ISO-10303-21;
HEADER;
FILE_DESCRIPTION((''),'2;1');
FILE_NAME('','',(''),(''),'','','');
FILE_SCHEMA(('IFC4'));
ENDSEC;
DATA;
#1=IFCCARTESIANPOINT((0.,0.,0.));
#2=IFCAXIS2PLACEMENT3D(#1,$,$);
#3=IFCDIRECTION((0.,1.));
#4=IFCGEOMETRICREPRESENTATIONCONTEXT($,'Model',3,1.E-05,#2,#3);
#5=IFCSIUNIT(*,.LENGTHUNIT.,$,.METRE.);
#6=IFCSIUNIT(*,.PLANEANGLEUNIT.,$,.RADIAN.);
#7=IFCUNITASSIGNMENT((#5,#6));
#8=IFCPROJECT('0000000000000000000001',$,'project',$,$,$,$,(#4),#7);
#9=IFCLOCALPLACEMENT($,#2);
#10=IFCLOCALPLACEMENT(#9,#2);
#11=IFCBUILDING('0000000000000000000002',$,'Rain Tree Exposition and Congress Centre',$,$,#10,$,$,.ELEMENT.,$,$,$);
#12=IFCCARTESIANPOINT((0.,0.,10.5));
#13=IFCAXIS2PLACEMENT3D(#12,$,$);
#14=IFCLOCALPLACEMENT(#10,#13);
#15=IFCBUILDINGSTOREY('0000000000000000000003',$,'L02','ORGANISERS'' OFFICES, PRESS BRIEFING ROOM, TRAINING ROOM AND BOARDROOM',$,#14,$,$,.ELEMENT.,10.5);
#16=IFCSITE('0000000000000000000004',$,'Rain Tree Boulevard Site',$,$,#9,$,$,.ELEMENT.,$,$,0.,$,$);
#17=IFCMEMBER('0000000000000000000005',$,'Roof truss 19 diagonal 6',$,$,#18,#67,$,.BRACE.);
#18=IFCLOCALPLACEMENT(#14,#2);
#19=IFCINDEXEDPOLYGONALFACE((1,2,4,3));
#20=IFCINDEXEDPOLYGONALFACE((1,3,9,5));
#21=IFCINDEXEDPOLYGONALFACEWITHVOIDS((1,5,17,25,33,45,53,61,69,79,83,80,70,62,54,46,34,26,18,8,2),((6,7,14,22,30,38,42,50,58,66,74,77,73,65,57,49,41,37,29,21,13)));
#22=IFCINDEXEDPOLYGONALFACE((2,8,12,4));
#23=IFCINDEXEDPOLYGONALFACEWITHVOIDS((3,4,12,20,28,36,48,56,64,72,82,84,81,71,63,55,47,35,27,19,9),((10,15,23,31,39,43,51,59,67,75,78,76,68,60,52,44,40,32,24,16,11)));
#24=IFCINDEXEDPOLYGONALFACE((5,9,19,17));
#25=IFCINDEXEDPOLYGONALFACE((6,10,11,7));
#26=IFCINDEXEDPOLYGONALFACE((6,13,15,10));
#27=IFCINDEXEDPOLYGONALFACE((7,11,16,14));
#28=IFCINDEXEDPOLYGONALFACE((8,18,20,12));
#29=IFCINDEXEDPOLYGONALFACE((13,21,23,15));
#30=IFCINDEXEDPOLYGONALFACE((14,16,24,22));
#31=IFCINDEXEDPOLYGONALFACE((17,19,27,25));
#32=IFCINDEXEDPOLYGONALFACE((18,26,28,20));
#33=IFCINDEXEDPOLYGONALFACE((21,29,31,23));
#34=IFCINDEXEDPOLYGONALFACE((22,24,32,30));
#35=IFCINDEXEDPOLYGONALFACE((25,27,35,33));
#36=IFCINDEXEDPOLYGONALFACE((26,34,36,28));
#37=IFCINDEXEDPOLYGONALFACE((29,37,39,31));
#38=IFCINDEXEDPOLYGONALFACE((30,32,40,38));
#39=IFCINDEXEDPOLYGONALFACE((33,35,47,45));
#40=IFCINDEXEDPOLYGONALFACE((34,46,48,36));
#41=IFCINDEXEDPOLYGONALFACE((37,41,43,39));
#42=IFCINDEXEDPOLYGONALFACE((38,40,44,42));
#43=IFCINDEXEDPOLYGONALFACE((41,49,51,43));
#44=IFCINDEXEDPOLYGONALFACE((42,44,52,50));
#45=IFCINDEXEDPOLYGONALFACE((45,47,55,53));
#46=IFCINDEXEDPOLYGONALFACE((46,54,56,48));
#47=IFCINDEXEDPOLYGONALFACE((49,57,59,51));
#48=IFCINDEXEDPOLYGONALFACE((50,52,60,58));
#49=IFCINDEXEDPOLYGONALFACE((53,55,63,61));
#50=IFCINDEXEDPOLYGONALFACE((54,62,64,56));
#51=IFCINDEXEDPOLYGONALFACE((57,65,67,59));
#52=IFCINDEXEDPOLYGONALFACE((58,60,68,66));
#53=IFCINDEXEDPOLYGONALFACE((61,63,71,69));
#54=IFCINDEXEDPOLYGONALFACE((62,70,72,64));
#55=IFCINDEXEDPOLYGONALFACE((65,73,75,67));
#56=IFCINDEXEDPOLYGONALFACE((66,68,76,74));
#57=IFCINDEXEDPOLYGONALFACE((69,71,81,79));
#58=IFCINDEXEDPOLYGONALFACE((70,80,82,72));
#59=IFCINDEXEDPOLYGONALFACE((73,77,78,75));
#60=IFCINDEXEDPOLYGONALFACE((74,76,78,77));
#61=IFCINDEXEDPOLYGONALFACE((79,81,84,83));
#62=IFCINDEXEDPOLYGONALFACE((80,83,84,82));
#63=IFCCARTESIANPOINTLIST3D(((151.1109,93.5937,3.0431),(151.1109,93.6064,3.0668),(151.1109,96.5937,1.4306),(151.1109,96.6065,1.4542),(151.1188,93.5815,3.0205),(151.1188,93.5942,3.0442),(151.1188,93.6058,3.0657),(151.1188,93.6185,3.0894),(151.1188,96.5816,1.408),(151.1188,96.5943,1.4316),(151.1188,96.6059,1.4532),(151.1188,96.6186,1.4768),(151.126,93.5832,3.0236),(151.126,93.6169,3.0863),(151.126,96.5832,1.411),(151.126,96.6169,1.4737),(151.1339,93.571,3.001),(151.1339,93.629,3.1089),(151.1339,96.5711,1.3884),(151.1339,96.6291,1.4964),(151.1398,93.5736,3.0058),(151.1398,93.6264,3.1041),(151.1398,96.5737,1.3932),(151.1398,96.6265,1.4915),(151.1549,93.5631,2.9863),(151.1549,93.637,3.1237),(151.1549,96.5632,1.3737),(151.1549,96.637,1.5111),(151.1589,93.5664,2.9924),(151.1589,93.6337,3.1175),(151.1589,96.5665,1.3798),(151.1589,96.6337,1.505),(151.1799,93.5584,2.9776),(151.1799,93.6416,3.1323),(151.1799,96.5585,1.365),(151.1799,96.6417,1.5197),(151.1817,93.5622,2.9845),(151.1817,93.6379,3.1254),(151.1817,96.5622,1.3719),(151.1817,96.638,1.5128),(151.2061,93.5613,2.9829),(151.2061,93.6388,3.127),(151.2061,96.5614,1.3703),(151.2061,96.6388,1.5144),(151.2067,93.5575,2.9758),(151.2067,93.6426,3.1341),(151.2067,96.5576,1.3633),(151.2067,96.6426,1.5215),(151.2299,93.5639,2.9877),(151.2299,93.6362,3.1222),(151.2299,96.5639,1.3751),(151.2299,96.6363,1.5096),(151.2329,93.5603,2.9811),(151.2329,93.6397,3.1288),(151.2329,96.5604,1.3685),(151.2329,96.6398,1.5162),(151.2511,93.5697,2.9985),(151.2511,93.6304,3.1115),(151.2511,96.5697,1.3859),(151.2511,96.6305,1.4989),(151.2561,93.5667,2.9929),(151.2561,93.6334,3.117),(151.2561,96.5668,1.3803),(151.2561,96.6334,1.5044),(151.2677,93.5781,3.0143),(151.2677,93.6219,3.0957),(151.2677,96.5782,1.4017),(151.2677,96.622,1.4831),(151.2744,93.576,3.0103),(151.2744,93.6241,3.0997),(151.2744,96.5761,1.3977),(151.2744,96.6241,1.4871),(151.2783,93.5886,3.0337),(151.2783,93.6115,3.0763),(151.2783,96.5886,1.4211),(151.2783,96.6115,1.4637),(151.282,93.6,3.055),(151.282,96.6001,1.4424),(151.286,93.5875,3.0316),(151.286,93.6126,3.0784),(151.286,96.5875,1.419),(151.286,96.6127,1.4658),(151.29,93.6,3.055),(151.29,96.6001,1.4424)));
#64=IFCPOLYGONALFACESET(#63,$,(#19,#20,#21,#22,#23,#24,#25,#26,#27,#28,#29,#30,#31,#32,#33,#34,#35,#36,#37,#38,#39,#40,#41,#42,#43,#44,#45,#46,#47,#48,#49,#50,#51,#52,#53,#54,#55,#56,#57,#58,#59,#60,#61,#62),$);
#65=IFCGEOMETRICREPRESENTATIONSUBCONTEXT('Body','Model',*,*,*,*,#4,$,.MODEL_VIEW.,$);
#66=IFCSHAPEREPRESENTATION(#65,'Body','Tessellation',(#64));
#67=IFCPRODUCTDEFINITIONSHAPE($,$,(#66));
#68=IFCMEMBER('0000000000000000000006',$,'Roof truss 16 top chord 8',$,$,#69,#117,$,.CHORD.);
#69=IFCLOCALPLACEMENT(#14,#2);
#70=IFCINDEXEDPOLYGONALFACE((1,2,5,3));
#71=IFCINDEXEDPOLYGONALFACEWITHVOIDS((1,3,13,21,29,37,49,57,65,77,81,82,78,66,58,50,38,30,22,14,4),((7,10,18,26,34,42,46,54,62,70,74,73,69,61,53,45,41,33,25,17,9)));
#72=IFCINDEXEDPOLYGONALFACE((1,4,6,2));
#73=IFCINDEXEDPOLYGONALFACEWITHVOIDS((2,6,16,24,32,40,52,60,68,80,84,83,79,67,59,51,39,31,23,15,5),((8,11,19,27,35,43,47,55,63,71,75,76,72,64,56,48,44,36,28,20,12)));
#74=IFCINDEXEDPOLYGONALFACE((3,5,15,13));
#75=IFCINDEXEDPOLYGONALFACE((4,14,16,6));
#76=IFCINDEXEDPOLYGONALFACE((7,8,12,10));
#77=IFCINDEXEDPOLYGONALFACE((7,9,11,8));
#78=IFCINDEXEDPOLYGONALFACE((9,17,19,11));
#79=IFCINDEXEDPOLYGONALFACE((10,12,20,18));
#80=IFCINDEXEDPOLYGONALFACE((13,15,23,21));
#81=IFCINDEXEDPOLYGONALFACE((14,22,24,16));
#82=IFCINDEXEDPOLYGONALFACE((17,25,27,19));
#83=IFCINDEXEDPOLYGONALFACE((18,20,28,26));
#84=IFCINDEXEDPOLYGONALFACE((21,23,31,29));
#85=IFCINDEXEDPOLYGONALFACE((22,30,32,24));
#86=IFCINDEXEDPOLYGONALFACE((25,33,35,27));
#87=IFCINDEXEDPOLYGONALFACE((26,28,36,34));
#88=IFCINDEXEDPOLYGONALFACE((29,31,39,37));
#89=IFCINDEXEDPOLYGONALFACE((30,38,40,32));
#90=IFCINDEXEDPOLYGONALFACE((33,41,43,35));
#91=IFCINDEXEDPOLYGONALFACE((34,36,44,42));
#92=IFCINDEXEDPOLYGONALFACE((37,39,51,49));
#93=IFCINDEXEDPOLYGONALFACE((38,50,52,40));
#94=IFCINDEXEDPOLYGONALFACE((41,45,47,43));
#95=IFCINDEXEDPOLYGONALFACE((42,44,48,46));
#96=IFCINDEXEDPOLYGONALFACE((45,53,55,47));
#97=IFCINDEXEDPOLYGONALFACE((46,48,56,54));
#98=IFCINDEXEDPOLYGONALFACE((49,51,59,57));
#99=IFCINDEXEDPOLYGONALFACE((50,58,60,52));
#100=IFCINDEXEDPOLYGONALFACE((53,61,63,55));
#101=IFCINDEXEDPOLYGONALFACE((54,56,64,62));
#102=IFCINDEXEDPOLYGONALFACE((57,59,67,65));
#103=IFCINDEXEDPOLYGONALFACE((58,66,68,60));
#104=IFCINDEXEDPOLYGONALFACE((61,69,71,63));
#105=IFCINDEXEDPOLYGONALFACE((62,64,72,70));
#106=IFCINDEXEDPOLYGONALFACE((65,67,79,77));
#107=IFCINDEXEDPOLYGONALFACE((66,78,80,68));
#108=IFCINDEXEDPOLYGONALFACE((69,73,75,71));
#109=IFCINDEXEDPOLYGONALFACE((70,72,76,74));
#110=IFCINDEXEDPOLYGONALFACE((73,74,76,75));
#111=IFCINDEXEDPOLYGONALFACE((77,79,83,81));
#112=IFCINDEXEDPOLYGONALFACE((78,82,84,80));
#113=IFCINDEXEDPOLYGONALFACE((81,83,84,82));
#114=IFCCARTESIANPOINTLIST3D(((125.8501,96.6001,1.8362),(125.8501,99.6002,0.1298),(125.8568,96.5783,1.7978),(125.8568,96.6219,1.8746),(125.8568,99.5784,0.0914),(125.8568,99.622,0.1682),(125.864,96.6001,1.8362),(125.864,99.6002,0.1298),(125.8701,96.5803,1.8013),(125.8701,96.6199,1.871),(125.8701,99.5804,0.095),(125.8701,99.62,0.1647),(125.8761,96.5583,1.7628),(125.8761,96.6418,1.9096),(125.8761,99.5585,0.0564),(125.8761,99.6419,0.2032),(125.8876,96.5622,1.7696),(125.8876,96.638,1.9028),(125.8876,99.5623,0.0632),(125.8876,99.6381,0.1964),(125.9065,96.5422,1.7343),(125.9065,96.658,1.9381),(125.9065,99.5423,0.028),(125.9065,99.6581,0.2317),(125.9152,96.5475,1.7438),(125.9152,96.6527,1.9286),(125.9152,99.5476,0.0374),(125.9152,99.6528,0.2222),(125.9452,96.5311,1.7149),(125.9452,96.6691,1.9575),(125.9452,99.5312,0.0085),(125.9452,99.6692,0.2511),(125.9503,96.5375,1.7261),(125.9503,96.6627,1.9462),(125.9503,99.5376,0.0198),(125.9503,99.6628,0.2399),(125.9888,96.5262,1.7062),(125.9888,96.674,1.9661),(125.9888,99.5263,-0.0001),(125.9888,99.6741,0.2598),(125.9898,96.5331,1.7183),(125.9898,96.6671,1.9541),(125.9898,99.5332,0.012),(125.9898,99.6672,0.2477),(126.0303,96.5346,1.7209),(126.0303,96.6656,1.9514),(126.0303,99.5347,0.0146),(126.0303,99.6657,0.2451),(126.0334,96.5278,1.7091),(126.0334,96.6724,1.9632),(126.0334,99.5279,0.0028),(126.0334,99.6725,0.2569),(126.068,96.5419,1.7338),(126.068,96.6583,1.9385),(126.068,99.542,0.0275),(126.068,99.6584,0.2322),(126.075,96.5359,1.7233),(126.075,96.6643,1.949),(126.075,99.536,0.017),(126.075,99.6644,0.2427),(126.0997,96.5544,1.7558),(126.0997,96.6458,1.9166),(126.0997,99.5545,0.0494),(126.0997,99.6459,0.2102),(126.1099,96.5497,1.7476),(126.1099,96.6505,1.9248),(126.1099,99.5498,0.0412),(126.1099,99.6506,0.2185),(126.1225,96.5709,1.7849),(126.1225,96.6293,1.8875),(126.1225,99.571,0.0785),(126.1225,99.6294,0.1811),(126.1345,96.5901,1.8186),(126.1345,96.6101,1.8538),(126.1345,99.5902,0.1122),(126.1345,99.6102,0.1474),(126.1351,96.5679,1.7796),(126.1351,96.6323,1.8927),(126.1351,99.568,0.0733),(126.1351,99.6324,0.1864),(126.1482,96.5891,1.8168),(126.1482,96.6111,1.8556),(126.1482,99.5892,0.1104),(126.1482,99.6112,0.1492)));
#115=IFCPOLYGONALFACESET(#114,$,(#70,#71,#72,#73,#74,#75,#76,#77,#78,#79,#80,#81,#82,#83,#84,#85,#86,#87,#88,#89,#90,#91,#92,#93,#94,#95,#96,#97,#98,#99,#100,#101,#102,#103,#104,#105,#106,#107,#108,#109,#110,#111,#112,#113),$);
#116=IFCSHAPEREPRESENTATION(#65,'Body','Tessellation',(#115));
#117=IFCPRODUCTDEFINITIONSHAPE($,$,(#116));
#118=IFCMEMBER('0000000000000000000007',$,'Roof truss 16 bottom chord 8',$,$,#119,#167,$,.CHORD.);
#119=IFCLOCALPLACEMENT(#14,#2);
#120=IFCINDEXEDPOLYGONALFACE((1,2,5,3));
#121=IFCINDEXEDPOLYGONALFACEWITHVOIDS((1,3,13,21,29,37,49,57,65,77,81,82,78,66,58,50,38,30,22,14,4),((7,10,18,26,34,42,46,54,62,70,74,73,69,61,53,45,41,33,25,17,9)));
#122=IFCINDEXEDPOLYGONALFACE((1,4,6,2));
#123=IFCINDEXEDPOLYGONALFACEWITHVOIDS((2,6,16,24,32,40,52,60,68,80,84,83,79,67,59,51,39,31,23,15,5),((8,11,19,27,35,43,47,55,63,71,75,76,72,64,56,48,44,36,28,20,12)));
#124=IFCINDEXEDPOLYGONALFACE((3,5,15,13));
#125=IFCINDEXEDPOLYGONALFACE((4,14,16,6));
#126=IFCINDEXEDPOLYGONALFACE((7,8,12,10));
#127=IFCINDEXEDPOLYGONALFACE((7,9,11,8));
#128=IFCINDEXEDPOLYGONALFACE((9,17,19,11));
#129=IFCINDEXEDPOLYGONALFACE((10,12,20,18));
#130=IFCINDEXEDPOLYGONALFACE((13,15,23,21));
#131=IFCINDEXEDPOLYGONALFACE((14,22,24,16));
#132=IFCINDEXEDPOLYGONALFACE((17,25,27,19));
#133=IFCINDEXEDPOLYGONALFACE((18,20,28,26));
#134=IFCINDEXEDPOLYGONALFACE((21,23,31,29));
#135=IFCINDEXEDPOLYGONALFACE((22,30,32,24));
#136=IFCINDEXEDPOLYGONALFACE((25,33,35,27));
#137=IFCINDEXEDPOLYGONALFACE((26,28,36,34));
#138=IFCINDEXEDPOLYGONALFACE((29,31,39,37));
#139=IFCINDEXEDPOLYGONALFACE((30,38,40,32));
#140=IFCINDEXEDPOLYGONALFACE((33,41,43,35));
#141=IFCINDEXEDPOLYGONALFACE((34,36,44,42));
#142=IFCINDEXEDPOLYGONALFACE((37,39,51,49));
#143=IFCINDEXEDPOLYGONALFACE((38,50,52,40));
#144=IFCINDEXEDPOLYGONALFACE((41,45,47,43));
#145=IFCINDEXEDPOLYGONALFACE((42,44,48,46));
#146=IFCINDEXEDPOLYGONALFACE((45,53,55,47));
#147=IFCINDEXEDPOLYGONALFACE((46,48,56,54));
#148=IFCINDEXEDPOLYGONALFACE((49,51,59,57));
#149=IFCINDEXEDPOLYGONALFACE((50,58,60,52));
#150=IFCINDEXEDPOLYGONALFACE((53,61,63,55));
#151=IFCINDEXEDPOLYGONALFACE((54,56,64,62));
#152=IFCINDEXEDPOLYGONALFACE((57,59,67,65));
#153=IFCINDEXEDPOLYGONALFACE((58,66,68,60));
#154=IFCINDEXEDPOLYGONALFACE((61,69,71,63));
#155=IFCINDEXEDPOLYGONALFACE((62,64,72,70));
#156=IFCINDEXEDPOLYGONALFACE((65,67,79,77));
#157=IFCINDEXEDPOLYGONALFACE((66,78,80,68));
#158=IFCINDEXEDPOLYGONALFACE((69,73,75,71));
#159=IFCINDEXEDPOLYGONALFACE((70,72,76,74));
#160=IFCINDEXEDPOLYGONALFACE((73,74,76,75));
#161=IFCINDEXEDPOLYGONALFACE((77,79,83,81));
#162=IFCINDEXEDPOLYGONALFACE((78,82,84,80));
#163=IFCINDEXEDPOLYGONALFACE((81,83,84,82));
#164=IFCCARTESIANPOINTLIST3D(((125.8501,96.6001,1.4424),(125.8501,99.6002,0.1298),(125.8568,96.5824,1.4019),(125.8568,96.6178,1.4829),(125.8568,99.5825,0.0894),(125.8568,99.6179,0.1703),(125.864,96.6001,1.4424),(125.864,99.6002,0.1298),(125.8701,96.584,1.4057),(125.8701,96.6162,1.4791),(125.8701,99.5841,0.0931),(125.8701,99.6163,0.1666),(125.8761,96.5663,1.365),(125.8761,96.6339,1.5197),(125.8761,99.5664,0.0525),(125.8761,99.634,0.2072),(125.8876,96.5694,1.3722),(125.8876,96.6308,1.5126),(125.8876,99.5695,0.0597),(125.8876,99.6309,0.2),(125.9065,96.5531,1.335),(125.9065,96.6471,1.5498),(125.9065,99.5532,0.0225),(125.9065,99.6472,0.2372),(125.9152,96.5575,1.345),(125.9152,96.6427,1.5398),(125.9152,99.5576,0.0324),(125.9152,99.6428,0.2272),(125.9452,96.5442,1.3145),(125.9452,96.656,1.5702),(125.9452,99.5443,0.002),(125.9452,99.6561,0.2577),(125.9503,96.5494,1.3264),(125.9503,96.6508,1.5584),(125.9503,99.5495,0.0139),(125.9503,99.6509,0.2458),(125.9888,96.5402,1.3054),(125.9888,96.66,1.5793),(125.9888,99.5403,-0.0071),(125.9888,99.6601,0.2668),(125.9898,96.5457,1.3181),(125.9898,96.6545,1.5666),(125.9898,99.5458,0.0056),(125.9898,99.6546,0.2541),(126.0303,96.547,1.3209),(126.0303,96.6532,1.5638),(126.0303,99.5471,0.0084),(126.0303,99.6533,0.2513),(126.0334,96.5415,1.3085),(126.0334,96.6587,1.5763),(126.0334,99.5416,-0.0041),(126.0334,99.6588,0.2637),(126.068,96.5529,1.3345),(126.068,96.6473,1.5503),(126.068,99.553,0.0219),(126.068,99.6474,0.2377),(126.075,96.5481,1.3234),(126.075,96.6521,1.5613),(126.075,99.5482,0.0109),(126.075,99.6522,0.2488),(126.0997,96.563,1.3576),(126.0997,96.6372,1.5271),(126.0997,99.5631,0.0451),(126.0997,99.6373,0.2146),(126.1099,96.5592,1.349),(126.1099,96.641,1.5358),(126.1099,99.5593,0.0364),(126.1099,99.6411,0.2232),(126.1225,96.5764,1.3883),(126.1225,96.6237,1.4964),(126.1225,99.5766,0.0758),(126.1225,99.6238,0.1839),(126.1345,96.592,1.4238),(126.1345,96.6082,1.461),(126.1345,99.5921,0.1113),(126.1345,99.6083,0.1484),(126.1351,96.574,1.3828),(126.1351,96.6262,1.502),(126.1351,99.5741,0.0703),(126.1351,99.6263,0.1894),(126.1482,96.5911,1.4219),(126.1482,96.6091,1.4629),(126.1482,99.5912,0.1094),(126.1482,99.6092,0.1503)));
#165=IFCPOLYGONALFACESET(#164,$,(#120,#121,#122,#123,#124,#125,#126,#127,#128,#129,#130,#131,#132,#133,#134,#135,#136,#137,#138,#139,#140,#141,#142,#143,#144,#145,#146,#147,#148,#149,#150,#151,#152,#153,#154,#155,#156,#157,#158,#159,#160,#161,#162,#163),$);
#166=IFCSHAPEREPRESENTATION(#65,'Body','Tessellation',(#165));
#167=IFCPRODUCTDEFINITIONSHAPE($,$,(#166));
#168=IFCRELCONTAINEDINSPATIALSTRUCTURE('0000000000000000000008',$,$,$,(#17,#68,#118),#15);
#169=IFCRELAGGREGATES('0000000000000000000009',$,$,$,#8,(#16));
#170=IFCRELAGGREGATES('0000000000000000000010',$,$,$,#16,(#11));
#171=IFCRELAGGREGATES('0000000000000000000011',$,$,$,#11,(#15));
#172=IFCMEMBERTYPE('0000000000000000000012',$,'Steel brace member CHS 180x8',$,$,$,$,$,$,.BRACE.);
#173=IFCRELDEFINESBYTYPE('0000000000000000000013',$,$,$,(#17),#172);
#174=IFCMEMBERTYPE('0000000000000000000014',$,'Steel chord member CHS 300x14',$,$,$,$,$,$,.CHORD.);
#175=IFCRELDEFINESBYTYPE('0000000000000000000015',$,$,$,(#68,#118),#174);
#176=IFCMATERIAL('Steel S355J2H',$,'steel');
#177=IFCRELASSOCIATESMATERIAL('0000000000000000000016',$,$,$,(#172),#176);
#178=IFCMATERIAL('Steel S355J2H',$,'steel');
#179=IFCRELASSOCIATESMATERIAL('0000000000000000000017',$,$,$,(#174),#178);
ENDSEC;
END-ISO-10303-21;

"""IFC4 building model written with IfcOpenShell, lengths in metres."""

from ifc_helpers import new_model, si_unit, direction, frame, origin, origin_2d, place, context, subcontext, project, spatial, hollow_circle, extrude, material, material_profile, profile_set, type_object, element, save


model = new_model("IFC4")

# Units and contexts
model_context = context("Model", 3, precision=1e-05, world=origin(), true_north=direction((0.0, 1.0)))
body_context = subcontext(model_context, "Body", "Model", "MODEL_VIEW")
ifc_project = project(units=[si_unit("LENGTHUNIT", "METRE"), si_unit("PLANEANGLEUNIT", "RADIAN")], contexts=[model_context])

# Site, building, storey
site_placement = place(None, origin())
site = spatial("IfcSite", under=ifc_project, at=site_placement, Name="Rain Tree Boulevard Site", CompositionType="ELEMENT", RefElevation=0.0)
building_placement = place(site_placement, origin())
building = spatial("IfcBuilding", under=site, at=building_placement, Name="Rain Tree Exposition and Congress Centre", CompositionType="ELEMENT")
storey_placement = place(building_placement, frame((0.0, 0.0, 10.5)))
storey = spatial("IfcBuildingStorey", under=building, at=storey_placement, Name="L02", Description="ORGANISERS' OFFICES, PRESS BRIEFING ROOM, TRAINING ROOM AND BOARDROOM", CompositionType="ELEMENT", Elevation=10.5)

# Members
ifc_material_1 = material(Name="Steel S355J2H", Category="steel")
ifc_material_profile_1 = material_profile(ifc_material_1, hollow_circle(Radius=0.0901, WallThickness=0.0081, at=origin_2d()), Name="CHS 180x8")
ifc_profile_set_1 = profile_set([ifc_material_profile_1], Name="Steel S355J2H")
member_type_1 = type_object("IfcMemberType", Name="Steel brace member CHS 180x8", PredefinedType="BRACE", material=ifc_profile_set_1)
for number, where, z_axis, x_axis, name in (
    (1, (151.2, 96.6001, 1.4424), (0.0, -0.880818, 0.473454), (1.0, 0.0, 0.0), "Roof truss 19 diagonal 6"),
):
    element("IfcMember", number, at=place(storey_placement, frame(where, z_axis=z_axis, x_axis=x_axis)), inside=storey, type_object=member_type_1, Name=name, PredefinedType="BRACE", context=body_context, shape_type="SweptSolid", body=[
        extrude(hollow_circle(Radius=0.0901, WallThickness=0.0081, at=origin_2d()), origin(), (0.0, 0.0, 1.0), 3.406),
    ])
ifc_material_2 = material(Name="Steel S355J2H", Category="steel")
ifc_material_profile_2 = material_profile(ifc_material_2, hollow_circle(Radius=0.1499, WallThickness=0.0139, at=origin_2d()), Name="CHS 300x14")
ifc_profile_set_2 = profile_set([ifc_material_profile_2], Name="Steel S355J2H")
member_type_2 = type_object("IfcMemberType", Name="Steel chord member CHS 300x14", PredefinedType="CHORD", material=ifc_profile_set_2)
member_1_placement = place(storey_placement, frame((126.0, 96.6001, 1.8362), z_axis=(0.0, 0.869238, -0.494393), x_axis=(-1.0, 0.0, 0.0)))
element("IfcMember", 2, at=member_1_placement, inside=storey, type_object=member_type_2, Name="Roof truss 16 top chord 8", PredefinedType="CHORD", context=body_context, shape_type="SweptSolid", body=[
    extrude(hollow_circle(Radius=0.1499, WallThickness=0.0139, at=origin_2d()), origin(), (0.0, 0.0, 1.0), 3.4514),
])
member_2_placement = place(storey_placement, frame((126.0, 96.6001, 1.4424), z_axis=(0.0, 0.916157, -0.400819), x_axis=(-1.0, 0.0, 0.0)))
element("IfcMember", 3, at=member_2_placement, inside=storey, type_object=member_type_2, Name="Roof truss 16 bottom chord 8", PredefinedType="CHORD", context=body_context, shape_type="SweptSolid", body=[
    extrude(hollow_circle(Radius=0.1499, WallThickness=0.0139, at=origin_2d()), origin(), (0.0, 0.0, 1.0), 3.2747),
])

save(model, "model.ifc")
